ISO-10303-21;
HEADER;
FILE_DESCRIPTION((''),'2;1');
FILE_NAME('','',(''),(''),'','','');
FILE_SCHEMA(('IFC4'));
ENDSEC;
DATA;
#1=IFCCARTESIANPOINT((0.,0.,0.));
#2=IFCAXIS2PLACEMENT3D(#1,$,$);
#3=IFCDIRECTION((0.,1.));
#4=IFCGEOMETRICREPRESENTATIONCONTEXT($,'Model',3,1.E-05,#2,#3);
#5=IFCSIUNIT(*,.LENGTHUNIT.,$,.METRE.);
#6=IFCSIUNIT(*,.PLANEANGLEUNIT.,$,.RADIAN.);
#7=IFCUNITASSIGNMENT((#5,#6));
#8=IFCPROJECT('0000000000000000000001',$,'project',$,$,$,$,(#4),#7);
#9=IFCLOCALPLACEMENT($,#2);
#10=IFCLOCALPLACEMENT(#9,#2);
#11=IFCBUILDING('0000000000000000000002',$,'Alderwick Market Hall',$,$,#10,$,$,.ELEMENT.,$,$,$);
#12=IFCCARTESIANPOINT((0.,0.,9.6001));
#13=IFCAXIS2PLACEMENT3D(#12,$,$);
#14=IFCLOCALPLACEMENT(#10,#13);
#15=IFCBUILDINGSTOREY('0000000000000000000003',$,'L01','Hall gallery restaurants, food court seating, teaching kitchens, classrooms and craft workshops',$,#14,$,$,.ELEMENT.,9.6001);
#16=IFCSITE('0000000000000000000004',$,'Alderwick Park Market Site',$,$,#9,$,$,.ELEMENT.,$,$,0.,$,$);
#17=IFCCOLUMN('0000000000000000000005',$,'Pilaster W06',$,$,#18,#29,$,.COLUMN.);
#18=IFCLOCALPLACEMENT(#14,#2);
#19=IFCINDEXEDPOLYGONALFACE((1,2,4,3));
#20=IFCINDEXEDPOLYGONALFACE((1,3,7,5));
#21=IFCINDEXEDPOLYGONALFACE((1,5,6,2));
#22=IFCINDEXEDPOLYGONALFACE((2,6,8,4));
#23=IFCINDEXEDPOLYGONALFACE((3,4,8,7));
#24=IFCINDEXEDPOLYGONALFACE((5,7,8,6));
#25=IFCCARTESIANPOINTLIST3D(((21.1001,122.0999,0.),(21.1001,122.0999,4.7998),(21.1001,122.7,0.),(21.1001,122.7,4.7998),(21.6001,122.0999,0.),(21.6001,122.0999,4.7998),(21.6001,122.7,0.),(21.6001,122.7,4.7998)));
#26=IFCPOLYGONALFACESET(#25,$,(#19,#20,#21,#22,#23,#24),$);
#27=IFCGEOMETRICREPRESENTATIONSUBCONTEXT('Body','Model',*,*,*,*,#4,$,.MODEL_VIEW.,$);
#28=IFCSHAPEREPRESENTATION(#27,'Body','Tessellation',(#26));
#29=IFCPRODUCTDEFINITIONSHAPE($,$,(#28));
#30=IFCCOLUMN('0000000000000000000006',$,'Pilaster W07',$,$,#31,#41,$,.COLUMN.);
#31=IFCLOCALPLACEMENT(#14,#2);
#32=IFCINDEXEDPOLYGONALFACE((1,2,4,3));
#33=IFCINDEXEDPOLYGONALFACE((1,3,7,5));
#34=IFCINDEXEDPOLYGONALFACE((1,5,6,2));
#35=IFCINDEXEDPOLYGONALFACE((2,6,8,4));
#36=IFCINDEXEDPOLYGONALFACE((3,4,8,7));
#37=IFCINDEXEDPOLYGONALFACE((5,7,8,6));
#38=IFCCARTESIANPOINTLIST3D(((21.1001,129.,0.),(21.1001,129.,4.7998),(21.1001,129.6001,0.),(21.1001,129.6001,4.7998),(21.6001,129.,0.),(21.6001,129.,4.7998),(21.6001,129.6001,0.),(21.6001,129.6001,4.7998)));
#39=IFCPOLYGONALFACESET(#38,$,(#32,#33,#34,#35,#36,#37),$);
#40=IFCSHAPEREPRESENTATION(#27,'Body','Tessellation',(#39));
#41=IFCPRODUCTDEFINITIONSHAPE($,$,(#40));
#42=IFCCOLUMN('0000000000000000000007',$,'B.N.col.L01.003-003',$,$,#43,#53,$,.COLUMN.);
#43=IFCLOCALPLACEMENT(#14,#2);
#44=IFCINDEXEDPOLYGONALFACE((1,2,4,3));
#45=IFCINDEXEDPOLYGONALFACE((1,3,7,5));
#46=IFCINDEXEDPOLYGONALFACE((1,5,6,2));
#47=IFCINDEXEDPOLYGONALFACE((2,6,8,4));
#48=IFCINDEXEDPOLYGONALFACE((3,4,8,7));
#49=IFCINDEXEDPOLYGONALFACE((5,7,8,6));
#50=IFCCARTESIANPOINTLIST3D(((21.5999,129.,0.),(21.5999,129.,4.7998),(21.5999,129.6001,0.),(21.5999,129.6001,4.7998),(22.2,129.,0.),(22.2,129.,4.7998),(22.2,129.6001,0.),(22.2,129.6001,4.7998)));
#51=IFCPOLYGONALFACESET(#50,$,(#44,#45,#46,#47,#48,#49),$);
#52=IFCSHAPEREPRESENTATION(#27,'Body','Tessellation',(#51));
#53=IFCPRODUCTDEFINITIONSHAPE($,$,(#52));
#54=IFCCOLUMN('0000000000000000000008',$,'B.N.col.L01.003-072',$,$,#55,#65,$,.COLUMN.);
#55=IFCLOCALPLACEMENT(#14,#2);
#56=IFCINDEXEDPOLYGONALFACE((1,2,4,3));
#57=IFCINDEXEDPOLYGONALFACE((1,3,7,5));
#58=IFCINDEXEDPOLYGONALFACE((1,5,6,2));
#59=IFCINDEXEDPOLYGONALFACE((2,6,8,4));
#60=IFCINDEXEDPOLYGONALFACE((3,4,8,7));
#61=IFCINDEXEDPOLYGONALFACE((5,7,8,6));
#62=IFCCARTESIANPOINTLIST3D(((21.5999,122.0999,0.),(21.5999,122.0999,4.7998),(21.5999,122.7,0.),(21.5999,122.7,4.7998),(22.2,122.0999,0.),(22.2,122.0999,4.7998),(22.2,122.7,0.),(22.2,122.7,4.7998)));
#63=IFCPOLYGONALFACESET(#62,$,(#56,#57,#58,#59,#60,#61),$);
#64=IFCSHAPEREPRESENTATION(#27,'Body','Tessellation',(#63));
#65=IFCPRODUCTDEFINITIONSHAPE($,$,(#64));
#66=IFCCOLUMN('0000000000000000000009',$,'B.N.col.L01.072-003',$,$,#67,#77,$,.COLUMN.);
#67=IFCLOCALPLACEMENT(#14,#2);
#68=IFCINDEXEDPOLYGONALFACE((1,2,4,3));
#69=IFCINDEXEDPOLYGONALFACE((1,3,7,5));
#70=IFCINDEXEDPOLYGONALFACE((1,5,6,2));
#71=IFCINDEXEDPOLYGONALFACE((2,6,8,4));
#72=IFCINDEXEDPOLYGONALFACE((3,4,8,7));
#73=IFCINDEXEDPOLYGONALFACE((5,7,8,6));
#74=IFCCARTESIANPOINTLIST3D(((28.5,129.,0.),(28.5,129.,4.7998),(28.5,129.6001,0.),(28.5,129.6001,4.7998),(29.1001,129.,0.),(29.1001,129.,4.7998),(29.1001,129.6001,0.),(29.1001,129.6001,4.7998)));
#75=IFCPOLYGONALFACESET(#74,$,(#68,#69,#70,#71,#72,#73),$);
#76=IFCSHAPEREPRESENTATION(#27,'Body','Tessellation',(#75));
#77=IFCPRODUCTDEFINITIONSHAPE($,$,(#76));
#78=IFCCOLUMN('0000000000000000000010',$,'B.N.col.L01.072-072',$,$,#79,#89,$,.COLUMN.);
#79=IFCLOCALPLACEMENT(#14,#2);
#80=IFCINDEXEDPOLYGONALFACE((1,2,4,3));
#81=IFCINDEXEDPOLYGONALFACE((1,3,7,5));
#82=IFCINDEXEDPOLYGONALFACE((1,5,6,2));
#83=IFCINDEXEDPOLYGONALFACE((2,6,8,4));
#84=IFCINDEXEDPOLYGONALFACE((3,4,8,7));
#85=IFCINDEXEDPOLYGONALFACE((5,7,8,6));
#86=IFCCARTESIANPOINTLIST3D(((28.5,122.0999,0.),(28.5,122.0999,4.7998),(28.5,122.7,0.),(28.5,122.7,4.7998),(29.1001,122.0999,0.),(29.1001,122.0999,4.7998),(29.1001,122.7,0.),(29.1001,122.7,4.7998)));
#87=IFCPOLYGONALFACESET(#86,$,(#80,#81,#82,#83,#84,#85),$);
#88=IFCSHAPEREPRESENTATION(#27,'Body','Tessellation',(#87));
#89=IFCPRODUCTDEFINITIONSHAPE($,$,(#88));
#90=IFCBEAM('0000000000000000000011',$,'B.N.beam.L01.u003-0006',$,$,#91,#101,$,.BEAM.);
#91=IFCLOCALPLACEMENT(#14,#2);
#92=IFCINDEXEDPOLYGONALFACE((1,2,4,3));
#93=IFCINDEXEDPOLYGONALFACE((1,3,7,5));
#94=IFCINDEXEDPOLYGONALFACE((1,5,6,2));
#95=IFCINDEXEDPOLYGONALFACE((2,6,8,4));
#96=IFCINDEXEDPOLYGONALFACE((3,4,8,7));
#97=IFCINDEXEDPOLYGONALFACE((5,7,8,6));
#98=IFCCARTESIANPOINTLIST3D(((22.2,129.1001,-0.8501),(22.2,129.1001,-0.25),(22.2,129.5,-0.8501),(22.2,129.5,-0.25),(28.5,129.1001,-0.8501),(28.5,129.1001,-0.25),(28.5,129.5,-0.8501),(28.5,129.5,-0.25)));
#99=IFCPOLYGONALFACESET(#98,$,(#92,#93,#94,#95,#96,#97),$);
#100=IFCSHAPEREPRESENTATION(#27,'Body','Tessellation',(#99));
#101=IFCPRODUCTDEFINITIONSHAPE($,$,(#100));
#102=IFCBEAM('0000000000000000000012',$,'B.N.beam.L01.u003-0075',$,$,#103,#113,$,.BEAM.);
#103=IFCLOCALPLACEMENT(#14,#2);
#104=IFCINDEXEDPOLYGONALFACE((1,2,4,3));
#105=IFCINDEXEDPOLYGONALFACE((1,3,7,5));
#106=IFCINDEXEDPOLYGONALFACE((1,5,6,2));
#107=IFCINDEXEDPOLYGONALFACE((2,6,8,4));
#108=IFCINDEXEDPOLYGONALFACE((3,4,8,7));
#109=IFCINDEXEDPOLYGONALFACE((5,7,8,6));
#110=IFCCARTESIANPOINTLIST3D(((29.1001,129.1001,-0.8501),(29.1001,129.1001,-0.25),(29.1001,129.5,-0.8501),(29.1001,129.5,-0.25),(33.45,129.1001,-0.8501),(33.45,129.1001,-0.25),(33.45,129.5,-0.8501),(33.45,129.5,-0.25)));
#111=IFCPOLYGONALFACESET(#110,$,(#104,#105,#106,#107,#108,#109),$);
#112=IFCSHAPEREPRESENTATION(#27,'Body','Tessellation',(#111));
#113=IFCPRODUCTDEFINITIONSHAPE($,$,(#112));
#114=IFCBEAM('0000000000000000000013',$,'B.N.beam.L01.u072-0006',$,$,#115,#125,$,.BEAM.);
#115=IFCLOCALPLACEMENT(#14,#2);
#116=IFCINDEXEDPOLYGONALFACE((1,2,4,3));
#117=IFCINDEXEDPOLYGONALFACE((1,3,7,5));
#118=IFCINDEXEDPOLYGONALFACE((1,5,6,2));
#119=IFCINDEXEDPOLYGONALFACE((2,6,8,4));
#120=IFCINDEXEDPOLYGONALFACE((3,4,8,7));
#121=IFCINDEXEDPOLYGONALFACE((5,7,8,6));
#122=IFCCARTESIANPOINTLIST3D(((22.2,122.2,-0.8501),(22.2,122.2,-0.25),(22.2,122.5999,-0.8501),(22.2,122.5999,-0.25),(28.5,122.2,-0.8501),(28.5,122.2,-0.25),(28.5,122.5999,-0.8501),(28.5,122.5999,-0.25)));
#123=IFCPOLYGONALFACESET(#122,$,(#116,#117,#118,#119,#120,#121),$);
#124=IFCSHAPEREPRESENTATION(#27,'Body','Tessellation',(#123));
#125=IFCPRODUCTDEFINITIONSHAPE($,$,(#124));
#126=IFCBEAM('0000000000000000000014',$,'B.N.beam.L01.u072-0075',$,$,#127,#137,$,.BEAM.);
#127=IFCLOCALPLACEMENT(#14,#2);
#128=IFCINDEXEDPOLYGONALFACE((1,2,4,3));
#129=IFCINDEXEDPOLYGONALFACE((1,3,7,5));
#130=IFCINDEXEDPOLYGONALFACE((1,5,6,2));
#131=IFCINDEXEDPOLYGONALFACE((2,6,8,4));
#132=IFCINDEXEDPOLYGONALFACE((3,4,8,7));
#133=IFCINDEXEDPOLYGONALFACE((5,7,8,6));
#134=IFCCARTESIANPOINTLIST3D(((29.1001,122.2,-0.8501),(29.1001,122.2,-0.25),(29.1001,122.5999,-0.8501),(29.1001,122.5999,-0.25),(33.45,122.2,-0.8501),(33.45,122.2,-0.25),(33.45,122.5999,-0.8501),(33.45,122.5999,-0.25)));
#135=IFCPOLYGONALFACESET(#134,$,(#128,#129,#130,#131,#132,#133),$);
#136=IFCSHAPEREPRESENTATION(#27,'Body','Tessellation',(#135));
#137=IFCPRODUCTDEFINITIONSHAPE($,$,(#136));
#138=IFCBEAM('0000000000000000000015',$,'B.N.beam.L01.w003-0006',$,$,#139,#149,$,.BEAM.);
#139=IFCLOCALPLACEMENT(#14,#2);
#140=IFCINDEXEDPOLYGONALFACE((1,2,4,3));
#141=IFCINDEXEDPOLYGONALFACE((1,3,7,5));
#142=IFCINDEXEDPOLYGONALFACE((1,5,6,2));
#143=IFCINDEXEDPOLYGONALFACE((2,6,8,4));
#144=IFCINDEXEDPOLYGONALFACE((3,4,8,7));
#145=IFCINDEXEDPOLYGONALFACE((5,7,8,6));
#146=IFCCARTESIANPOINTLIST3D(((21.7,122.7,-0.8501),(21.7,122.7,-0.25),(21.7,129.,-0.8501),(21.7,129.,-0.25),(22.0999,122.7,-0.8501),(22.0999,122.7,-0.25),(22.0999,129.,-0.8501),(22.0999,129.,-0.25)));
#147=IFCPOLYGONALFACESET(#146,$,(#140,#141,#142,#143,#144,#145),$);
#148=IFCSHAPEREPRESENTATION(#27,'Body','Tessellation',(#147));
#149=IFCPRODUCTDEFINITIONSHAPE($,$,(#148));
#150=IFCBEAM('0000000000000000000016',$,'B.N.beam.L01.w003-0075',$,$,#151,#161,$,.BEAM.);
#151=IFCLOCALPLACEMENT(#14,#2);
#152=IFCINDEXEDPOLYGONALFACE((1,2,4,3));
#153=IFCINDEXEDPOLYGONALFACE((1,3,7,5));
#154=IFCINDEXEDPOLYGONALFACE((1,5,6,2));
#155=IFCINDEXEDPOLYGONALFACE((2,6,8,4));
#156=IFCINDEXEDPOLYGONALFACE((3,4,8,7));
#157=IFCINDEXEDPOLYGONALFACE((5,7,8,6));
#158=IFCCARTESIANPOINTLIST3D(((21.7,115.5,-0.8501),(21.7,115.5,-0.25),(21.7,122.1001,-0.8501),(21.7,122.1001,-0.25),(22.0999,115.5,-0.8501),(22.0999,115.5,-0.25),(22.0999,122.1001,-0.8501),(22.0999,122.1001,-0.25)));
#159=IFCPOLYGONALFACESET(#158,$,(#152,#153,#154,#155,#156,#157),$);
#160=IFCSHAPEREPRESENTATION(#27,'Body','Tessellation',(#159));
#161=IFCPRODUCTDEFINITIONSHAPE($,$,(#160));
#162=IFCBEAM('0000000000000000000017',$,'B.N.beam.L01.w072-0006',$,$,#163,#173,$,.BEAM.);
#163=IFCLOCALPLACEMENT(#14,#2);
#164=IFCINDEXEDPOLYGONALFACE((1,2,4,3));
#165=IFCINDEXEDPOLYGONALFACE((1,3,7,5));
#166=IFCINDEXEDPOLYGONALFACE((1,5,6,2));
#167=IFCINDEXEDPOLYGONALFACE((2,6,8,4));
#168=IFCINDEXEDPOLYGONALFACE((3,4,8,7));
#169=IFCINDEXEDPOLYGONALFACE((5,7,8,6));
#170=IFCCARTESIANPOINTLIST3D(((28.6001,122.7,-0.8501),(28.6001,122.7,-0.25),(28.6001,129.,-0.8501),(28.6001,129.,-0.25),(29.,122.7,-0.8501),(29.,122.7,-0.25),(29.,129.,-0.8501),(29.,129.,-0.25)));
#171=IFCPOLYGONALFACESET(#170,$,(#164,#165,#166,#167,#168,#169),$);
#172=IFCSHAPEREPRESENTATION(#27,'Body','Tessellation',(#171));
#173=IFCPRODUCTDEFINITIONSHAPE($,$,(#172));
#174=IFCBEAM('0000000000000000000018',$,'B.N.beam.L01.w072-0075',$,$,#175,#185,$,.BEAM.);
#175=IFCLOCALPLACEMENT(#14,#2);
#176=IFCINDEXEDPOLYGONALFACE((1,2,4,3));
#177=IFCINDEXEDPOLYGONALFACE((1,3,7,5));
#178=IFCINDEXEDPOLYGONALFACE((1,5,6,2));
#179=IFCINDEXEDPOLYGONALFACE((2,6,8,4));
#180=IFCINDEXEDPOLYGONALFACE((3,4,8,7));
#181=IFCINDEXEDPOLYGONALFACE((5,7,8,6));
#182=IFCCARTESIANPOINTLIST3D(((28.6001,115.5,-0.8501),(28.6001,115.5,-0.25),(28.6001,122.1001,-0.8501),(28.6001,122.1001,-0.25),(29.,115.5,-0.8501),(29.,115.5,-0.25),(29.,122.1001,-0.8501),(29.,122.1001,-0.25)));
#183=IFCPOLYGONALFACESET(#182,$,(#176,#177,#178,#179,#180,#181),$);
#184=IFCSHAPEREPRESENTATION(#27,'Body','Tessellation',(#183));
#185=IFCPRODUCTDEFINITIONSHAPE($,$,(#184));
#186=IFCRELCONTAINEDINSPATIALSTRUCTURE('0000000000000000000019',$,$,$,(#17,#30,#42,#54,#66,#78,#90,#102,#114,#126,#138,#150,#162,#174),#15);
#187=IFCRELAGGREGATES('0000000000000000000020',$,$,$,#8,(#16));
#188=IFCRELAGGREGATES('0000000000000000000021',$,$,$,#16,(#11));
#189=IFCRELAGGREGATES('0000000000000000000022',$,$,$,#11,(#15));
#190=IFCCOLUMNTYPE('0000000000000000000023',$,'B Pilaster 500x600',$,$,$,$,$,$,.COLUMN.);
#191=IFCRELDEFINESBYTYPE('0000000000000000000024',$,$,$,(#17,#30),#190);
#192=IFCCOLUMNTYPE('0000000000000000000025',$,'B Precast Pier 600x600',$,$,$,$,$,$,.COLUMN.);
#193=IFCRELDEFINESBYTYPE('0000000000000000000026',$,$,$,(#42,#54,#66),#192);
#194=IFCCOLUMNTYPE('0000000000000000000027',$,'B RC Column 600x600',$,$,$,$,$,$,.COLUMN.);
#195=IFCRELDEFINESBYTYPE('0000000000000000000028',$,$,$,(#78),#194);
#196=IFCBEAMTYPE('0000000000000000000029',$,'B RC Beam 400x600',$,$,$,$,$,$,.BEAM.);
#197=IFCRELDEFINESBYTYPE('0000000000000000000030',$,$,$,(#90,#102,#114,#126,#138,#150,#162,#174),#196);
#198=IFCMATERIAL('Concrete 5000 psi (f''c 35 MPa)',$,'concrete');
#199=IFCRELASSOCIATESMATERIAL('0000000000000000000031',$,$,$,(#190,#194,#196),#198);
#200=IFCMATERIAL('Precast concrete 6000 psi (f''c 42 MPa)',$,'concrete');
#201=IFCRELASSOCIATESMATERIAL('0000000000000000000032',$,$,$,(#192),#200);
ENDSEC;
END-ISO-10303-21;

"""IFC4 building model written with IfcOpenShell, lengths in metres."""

from ifc_helpers import new_model, si_unit, direction, frame, origin, origin_2d, place, context, subcontext, project, spatial, rectangle, extrude, material, material_profile, profile_set, type_object, element, save


model = new_model("IFC4")

# Units and contexts
model_context = context("Model", 3, precision=1e-05, world=origin(), true_north=direction((0.0, 1.0)))
body_context = subcontext(model_context, "Body", "Model", "MODEL_VIEW")
ifc_project = project(units=[si_unit("LENGTHUNIT", "METRE"), si_unit("PLANEANGLEUNIT", "RADIAN")], contexts=[model_context])

# Site, building, storey
site_placement = place(None, origin())
site = spatial("IfcSite", under=ifc_project, at=site_placement, Name="Alderwick Park Market Site", CompositionType="ELEMENT", RefElevation=0.0)
building_placement = place(site_placement, origin())
building = spatial("IfcBuilding", under=site, at=building_placement, Name="Alderwick Market Hall", CompositionType="ELEMENT")
storey_placement = place(building_placement, frame((0.0, 0.0, 9.6001)))
storey = spatial("IfcBuildingStorey", under=building, at=storey_placement, Name="L01", Description="Hall gallery restaurants, food court seating, teaching kitchens, classrooms and craft workshops", CompositionType="ELEMENT", Elevation=9.6001)

# Columns
ifc_material_1 = material(Name="Concrete 5000 psi (f'c 35 MPa)", Category="concrete")
ifc_material_profile_1 = material_profile(ifc_material_1, rectangle(XDim=0.5, YDim=0.6001, at=origin_2d()), Name="B Pilaster 500x600")
ifc_profile_set_1 = profile_set([ifc_material_profile_1], Name="Concrete 5000 psi (f'c 35 MPa)")
column_type_1 = type_object("IfcColumnType", Name="B Pilaster 500x600", PredefinedType="COLUMN", material=ifc_profile_set_1)
for number, where, z_axis, x_axis, name in (
    (1, (21.3501, 122.3999, 0.0), (0.0, 0.0, 1.0), (1.0, 0.0, 0.0), "Pilaster W06"),
    (2, (21.3501, 129.3, 0.0), (0.0, 0.0, 1.0), (1.0, 0.0, 0.0), "Pilaster W07"),
):
    element("IfcColumn", number, at=place(storey_placement, frame(where, z_axis=z_axis, x_axis=x_axis)), inside=storey, type_object=column_type_1, Name=name, PredefinedType="COLUMN", context=body_context, shape_type="SweptSolid", body=[
        extrude(rectangle(XDim=0.5, YDim=0.6001, at=origin_2d()), origin(), (0.0, 0.0, 1.0), 4.7998),
    ])
ifc_material_2 = material(Name="Precast concrete 6000 psi (f'c 42 MPa)", Category="concrete")
ifc_material_profile_2 = material_profile(ifc_material_2, rectangle(XDim=0.6001, YDim=0.6001, at=origin_2d()), Name="B Precast Pier 600x600")
ifc_profile_set_2 = profile_set([ifc_material_profile_2], Name="Precast concrete 6000 psi (f'c 42 MPa)")
column_type_2 = type_object("IfcColumnType", Name="B Precast Pier 600x600", PredefinedType="COLUMN", material=ifc_profile_set_2)
for number, where, z_axis, x_axis, name in (
    (3, (21.8999, 129.3, 0.0), (0.0, 0.0, 1.0), (1.0, 0.0, 0.0), "B.N.col.L01.003-003"),
    (4, (21.8999, 122.3999, 0.0), (0.0, 0.0, 1.0), (1.0, 0.0, 0.0), "B.N.col.L01.003-072"),
    (5, (28.8, 129.3, 0.0), (0.0, 0.0, 1.0), (1.0, 0.0, 0.0), "B.N.col.L01.072-003"),
):
    element("IfcColumn", number, at=place(storey_placement, frame(where, z_axis=z_axis, x_axis=x_axis)), inside=storey, type_object=column_type_2, Name=name, PredefinedType="COLUMN", context=body_context, shape_type="SweptSolid", body=[
        extrude(rectangle(XDim=0.6001, YDim=0.6001, at=origin_2d()), origin(), (0.0, 0.0, 1.0), 4.7998),
    ])
ifc_material_profile_3 = material_profile(ifc_material_1, rectangle(XDim=0.6001, YDim=0.6001, at=origin_2d()), Name="B RC Column 600x600")
ifc_profile_set_3 = profile_set([ifc_material_profile_3], Name="Concrete 5000 psi (f'c 35 MPa)")
column_type_3 = type_object("IfcColumnType", Name="B RC Column 600x600", PredefinedType="COLUMN", material=ifc_profile_set_3)
column_placement = place(storey_placement, frame((28.8, 122.3999, 0.0), z_axis=(0.0, 0.0, 1.0), x_axis=(1.0, 0.0, 0.0)))
element("IfcColumn", 6, at=column_placement, inside=storey, type_object=column_type_3, Name="B.N.col.L01.072-072", PredefinedType="COLUMN", context=body_context, shape_type="SweptSolid", body=[
    extrude(rectangle(XDim=0.6001, YDim=0.6001, at=origin_2d()), origin(), (0.0, 0.0, 1.0), 4.7998),
])

# Beams
ifc_material_profile_4 = material_profile(ifc_material_1, rectangle(XDim=0.3999, YDim=0.6001, at=origin_2d()), Name="B RC Beam 400x600")
ifc_profile_set_4 = profile_set([ifc_material_profile_4], Name="Concrete 5000 psi (f'c 35 MPa)")
beam_type = type_object("IfcBeamType", Name="B RC Beam 400x600", PredefinedType="BEAM", material=ifc_profile_set_4)
beam_1_placement = place(storey_placement, frame((22.2, 129.3, -0.55), z_axis=(1.0, 0.0, 0.0), x_axis=(0.0, 1.0, 0.0)))
element("IfcBeam", 7, at=beam_1_placement, inside=storey, type_object=beam_type, Name="B.N.beam.L01.u003-0006", PredefinedType="BEAM", context=body_context, shape_type="SweptSolid", body=[
    extrude(rectangle(XDim=0.3999, YDim=0.6001, at=origin_2d()), origin(), (0.0, 0.0, 1.0), 6.3),
])
beam_2_placement = place(storey_placement, frame((29.1001, 129.3, -0.55), z_axis=(1.0, 0.0, 0.0), x_axis=(0.0, 1.0, 0.0)))
element("IfcBeam", 8, at=beam_2_placement, inside=storey, type_object=beam_type, Name="B.N.beam.L01.u003-0075", PredefinedType="BEAM", context=body_context, shape_type="SweptSolid", body=[
    extrude(rectangle(XDim=0.3999, YDim=0.6001, at=origin_2d()), origin(), (0.0, 0.0, 1.0), 4.3499),
])
beam_3_placement = place(storey_placement, frame((22.2, 122.3999, -0.55), z_axis=(1.0, 0.0, 0.0), x_axis=(0.0, 1.0, 0.0)))
element("IfcBeam", 9, at=beam_3_placement, inside=storey, type_object=beam_type, Name="B.N.beam.L01.u072-0006", PredefinedType="BEAM", context=body_context, shape_type="SweptSolid", body=[
    extrude(rectangle(XDim=0.3999, YDim=0.6001, at=origin_2d()), origin(), (0.0, 0.0, 1.0), 6.3),
])
beam_4_placement = place(storey_placement, frame((29.1001, 122.3999, -0.55), z_axis=(1.0, 0.0, 0.0), x_axis=(0.0, 1.0, 0.0)))
element("IfcBeam", 10, at=beam_4_placement, inside=storey, type_object=beam_type, Name="B.N.beam.L01.u072-0075", PredefinedType="BEAM", context=body_context, shape_type="SweptSolid", body=[
    extrude(rectangle(XDim=0.3999, YDim=0.6001, at=origin_2d()), origin(), (0.0, 0.0, 1.0), 4.3499),
])
beam_5_placement = place(storey_placement, frame((21.8999, 129.0, -0.55), z_axis=(0.0, -1.0, 0.0), x_axis=(1.0, 0.0, 0.0)))
element("IfcBeam", 11, at=beam_5_placement, inside=storey, type_object=beam_type, Name="B.N.beam.L01.w003-0006", PredefinedType="BEAM", context=body_context, shape_type="SweptSolid", body=[
    extrude(rectangle(XDim=0.3999, YDim=0.6001, at=origin_2d()), origin(), (0.0, 0.0, 1.0), 6.3),
])
beam_6_placement = place(storey_placement, frame((21.8999, 122.1001, -0.55), z_axis=(0.0, -1.0, 0.0), x_axis=(1.0, 0.0, 0.0)))
element("IfcBeam", 12, at=beam_6_placement, inside=storey, type_object=beam_type, Name="B.N.beam.L01.w003-0075", PredefinedType="BEAM", context=body_context, shape_type="SweptSolid", body=[
    extrude(rectangle(XDim=0.3999, YDim=0.6001, at=origin_2d()), origin(), (0.0, 0.0, 1.0), 6.6001),
])
beam_7_placement = place(storey_placement, frame((28.8, 129.0, -0.55), z_axis=(0.0, -1.0, 0.0), x_axis=(1.0, 0.0, 0.0)))
element("IfcBeam", 13, at=beam_7_placement, inside=storey, type_object=beam_type, Name="B.N.beam.L01.w072-0006", PredefinedType="BEAM", context=body_context, shape_type="SweptSolid", body=[
    extrude(rectangle(XDim=0.3999, YDim=0.6001, at=origin_2d()), origin(), (0.0, 0.0, 1.0), 6.3),
])
beam_8_placement = place(storey_placement, frame((28.8, 122.1001, -0.55), z_axis=(0.0, -1.0, 0.0), x_axis=(1.0, 0.0, 0.0)))
element("IfcBeam", 14, at=beam_8_placement, inside=storey, type_object=beam_type, Name="B.N.beam.L01.w072-0075", PredefinedType="BEAM", context=body_context, shape_type="SweptSolid", body=[
    extrude(rectangle(XDim=0.3999, YDim=0.6001, at=origin_2d()), origin(), (0.0, 0.0, 1.0), 6.6001),
])

save(model, "model.ifc")
